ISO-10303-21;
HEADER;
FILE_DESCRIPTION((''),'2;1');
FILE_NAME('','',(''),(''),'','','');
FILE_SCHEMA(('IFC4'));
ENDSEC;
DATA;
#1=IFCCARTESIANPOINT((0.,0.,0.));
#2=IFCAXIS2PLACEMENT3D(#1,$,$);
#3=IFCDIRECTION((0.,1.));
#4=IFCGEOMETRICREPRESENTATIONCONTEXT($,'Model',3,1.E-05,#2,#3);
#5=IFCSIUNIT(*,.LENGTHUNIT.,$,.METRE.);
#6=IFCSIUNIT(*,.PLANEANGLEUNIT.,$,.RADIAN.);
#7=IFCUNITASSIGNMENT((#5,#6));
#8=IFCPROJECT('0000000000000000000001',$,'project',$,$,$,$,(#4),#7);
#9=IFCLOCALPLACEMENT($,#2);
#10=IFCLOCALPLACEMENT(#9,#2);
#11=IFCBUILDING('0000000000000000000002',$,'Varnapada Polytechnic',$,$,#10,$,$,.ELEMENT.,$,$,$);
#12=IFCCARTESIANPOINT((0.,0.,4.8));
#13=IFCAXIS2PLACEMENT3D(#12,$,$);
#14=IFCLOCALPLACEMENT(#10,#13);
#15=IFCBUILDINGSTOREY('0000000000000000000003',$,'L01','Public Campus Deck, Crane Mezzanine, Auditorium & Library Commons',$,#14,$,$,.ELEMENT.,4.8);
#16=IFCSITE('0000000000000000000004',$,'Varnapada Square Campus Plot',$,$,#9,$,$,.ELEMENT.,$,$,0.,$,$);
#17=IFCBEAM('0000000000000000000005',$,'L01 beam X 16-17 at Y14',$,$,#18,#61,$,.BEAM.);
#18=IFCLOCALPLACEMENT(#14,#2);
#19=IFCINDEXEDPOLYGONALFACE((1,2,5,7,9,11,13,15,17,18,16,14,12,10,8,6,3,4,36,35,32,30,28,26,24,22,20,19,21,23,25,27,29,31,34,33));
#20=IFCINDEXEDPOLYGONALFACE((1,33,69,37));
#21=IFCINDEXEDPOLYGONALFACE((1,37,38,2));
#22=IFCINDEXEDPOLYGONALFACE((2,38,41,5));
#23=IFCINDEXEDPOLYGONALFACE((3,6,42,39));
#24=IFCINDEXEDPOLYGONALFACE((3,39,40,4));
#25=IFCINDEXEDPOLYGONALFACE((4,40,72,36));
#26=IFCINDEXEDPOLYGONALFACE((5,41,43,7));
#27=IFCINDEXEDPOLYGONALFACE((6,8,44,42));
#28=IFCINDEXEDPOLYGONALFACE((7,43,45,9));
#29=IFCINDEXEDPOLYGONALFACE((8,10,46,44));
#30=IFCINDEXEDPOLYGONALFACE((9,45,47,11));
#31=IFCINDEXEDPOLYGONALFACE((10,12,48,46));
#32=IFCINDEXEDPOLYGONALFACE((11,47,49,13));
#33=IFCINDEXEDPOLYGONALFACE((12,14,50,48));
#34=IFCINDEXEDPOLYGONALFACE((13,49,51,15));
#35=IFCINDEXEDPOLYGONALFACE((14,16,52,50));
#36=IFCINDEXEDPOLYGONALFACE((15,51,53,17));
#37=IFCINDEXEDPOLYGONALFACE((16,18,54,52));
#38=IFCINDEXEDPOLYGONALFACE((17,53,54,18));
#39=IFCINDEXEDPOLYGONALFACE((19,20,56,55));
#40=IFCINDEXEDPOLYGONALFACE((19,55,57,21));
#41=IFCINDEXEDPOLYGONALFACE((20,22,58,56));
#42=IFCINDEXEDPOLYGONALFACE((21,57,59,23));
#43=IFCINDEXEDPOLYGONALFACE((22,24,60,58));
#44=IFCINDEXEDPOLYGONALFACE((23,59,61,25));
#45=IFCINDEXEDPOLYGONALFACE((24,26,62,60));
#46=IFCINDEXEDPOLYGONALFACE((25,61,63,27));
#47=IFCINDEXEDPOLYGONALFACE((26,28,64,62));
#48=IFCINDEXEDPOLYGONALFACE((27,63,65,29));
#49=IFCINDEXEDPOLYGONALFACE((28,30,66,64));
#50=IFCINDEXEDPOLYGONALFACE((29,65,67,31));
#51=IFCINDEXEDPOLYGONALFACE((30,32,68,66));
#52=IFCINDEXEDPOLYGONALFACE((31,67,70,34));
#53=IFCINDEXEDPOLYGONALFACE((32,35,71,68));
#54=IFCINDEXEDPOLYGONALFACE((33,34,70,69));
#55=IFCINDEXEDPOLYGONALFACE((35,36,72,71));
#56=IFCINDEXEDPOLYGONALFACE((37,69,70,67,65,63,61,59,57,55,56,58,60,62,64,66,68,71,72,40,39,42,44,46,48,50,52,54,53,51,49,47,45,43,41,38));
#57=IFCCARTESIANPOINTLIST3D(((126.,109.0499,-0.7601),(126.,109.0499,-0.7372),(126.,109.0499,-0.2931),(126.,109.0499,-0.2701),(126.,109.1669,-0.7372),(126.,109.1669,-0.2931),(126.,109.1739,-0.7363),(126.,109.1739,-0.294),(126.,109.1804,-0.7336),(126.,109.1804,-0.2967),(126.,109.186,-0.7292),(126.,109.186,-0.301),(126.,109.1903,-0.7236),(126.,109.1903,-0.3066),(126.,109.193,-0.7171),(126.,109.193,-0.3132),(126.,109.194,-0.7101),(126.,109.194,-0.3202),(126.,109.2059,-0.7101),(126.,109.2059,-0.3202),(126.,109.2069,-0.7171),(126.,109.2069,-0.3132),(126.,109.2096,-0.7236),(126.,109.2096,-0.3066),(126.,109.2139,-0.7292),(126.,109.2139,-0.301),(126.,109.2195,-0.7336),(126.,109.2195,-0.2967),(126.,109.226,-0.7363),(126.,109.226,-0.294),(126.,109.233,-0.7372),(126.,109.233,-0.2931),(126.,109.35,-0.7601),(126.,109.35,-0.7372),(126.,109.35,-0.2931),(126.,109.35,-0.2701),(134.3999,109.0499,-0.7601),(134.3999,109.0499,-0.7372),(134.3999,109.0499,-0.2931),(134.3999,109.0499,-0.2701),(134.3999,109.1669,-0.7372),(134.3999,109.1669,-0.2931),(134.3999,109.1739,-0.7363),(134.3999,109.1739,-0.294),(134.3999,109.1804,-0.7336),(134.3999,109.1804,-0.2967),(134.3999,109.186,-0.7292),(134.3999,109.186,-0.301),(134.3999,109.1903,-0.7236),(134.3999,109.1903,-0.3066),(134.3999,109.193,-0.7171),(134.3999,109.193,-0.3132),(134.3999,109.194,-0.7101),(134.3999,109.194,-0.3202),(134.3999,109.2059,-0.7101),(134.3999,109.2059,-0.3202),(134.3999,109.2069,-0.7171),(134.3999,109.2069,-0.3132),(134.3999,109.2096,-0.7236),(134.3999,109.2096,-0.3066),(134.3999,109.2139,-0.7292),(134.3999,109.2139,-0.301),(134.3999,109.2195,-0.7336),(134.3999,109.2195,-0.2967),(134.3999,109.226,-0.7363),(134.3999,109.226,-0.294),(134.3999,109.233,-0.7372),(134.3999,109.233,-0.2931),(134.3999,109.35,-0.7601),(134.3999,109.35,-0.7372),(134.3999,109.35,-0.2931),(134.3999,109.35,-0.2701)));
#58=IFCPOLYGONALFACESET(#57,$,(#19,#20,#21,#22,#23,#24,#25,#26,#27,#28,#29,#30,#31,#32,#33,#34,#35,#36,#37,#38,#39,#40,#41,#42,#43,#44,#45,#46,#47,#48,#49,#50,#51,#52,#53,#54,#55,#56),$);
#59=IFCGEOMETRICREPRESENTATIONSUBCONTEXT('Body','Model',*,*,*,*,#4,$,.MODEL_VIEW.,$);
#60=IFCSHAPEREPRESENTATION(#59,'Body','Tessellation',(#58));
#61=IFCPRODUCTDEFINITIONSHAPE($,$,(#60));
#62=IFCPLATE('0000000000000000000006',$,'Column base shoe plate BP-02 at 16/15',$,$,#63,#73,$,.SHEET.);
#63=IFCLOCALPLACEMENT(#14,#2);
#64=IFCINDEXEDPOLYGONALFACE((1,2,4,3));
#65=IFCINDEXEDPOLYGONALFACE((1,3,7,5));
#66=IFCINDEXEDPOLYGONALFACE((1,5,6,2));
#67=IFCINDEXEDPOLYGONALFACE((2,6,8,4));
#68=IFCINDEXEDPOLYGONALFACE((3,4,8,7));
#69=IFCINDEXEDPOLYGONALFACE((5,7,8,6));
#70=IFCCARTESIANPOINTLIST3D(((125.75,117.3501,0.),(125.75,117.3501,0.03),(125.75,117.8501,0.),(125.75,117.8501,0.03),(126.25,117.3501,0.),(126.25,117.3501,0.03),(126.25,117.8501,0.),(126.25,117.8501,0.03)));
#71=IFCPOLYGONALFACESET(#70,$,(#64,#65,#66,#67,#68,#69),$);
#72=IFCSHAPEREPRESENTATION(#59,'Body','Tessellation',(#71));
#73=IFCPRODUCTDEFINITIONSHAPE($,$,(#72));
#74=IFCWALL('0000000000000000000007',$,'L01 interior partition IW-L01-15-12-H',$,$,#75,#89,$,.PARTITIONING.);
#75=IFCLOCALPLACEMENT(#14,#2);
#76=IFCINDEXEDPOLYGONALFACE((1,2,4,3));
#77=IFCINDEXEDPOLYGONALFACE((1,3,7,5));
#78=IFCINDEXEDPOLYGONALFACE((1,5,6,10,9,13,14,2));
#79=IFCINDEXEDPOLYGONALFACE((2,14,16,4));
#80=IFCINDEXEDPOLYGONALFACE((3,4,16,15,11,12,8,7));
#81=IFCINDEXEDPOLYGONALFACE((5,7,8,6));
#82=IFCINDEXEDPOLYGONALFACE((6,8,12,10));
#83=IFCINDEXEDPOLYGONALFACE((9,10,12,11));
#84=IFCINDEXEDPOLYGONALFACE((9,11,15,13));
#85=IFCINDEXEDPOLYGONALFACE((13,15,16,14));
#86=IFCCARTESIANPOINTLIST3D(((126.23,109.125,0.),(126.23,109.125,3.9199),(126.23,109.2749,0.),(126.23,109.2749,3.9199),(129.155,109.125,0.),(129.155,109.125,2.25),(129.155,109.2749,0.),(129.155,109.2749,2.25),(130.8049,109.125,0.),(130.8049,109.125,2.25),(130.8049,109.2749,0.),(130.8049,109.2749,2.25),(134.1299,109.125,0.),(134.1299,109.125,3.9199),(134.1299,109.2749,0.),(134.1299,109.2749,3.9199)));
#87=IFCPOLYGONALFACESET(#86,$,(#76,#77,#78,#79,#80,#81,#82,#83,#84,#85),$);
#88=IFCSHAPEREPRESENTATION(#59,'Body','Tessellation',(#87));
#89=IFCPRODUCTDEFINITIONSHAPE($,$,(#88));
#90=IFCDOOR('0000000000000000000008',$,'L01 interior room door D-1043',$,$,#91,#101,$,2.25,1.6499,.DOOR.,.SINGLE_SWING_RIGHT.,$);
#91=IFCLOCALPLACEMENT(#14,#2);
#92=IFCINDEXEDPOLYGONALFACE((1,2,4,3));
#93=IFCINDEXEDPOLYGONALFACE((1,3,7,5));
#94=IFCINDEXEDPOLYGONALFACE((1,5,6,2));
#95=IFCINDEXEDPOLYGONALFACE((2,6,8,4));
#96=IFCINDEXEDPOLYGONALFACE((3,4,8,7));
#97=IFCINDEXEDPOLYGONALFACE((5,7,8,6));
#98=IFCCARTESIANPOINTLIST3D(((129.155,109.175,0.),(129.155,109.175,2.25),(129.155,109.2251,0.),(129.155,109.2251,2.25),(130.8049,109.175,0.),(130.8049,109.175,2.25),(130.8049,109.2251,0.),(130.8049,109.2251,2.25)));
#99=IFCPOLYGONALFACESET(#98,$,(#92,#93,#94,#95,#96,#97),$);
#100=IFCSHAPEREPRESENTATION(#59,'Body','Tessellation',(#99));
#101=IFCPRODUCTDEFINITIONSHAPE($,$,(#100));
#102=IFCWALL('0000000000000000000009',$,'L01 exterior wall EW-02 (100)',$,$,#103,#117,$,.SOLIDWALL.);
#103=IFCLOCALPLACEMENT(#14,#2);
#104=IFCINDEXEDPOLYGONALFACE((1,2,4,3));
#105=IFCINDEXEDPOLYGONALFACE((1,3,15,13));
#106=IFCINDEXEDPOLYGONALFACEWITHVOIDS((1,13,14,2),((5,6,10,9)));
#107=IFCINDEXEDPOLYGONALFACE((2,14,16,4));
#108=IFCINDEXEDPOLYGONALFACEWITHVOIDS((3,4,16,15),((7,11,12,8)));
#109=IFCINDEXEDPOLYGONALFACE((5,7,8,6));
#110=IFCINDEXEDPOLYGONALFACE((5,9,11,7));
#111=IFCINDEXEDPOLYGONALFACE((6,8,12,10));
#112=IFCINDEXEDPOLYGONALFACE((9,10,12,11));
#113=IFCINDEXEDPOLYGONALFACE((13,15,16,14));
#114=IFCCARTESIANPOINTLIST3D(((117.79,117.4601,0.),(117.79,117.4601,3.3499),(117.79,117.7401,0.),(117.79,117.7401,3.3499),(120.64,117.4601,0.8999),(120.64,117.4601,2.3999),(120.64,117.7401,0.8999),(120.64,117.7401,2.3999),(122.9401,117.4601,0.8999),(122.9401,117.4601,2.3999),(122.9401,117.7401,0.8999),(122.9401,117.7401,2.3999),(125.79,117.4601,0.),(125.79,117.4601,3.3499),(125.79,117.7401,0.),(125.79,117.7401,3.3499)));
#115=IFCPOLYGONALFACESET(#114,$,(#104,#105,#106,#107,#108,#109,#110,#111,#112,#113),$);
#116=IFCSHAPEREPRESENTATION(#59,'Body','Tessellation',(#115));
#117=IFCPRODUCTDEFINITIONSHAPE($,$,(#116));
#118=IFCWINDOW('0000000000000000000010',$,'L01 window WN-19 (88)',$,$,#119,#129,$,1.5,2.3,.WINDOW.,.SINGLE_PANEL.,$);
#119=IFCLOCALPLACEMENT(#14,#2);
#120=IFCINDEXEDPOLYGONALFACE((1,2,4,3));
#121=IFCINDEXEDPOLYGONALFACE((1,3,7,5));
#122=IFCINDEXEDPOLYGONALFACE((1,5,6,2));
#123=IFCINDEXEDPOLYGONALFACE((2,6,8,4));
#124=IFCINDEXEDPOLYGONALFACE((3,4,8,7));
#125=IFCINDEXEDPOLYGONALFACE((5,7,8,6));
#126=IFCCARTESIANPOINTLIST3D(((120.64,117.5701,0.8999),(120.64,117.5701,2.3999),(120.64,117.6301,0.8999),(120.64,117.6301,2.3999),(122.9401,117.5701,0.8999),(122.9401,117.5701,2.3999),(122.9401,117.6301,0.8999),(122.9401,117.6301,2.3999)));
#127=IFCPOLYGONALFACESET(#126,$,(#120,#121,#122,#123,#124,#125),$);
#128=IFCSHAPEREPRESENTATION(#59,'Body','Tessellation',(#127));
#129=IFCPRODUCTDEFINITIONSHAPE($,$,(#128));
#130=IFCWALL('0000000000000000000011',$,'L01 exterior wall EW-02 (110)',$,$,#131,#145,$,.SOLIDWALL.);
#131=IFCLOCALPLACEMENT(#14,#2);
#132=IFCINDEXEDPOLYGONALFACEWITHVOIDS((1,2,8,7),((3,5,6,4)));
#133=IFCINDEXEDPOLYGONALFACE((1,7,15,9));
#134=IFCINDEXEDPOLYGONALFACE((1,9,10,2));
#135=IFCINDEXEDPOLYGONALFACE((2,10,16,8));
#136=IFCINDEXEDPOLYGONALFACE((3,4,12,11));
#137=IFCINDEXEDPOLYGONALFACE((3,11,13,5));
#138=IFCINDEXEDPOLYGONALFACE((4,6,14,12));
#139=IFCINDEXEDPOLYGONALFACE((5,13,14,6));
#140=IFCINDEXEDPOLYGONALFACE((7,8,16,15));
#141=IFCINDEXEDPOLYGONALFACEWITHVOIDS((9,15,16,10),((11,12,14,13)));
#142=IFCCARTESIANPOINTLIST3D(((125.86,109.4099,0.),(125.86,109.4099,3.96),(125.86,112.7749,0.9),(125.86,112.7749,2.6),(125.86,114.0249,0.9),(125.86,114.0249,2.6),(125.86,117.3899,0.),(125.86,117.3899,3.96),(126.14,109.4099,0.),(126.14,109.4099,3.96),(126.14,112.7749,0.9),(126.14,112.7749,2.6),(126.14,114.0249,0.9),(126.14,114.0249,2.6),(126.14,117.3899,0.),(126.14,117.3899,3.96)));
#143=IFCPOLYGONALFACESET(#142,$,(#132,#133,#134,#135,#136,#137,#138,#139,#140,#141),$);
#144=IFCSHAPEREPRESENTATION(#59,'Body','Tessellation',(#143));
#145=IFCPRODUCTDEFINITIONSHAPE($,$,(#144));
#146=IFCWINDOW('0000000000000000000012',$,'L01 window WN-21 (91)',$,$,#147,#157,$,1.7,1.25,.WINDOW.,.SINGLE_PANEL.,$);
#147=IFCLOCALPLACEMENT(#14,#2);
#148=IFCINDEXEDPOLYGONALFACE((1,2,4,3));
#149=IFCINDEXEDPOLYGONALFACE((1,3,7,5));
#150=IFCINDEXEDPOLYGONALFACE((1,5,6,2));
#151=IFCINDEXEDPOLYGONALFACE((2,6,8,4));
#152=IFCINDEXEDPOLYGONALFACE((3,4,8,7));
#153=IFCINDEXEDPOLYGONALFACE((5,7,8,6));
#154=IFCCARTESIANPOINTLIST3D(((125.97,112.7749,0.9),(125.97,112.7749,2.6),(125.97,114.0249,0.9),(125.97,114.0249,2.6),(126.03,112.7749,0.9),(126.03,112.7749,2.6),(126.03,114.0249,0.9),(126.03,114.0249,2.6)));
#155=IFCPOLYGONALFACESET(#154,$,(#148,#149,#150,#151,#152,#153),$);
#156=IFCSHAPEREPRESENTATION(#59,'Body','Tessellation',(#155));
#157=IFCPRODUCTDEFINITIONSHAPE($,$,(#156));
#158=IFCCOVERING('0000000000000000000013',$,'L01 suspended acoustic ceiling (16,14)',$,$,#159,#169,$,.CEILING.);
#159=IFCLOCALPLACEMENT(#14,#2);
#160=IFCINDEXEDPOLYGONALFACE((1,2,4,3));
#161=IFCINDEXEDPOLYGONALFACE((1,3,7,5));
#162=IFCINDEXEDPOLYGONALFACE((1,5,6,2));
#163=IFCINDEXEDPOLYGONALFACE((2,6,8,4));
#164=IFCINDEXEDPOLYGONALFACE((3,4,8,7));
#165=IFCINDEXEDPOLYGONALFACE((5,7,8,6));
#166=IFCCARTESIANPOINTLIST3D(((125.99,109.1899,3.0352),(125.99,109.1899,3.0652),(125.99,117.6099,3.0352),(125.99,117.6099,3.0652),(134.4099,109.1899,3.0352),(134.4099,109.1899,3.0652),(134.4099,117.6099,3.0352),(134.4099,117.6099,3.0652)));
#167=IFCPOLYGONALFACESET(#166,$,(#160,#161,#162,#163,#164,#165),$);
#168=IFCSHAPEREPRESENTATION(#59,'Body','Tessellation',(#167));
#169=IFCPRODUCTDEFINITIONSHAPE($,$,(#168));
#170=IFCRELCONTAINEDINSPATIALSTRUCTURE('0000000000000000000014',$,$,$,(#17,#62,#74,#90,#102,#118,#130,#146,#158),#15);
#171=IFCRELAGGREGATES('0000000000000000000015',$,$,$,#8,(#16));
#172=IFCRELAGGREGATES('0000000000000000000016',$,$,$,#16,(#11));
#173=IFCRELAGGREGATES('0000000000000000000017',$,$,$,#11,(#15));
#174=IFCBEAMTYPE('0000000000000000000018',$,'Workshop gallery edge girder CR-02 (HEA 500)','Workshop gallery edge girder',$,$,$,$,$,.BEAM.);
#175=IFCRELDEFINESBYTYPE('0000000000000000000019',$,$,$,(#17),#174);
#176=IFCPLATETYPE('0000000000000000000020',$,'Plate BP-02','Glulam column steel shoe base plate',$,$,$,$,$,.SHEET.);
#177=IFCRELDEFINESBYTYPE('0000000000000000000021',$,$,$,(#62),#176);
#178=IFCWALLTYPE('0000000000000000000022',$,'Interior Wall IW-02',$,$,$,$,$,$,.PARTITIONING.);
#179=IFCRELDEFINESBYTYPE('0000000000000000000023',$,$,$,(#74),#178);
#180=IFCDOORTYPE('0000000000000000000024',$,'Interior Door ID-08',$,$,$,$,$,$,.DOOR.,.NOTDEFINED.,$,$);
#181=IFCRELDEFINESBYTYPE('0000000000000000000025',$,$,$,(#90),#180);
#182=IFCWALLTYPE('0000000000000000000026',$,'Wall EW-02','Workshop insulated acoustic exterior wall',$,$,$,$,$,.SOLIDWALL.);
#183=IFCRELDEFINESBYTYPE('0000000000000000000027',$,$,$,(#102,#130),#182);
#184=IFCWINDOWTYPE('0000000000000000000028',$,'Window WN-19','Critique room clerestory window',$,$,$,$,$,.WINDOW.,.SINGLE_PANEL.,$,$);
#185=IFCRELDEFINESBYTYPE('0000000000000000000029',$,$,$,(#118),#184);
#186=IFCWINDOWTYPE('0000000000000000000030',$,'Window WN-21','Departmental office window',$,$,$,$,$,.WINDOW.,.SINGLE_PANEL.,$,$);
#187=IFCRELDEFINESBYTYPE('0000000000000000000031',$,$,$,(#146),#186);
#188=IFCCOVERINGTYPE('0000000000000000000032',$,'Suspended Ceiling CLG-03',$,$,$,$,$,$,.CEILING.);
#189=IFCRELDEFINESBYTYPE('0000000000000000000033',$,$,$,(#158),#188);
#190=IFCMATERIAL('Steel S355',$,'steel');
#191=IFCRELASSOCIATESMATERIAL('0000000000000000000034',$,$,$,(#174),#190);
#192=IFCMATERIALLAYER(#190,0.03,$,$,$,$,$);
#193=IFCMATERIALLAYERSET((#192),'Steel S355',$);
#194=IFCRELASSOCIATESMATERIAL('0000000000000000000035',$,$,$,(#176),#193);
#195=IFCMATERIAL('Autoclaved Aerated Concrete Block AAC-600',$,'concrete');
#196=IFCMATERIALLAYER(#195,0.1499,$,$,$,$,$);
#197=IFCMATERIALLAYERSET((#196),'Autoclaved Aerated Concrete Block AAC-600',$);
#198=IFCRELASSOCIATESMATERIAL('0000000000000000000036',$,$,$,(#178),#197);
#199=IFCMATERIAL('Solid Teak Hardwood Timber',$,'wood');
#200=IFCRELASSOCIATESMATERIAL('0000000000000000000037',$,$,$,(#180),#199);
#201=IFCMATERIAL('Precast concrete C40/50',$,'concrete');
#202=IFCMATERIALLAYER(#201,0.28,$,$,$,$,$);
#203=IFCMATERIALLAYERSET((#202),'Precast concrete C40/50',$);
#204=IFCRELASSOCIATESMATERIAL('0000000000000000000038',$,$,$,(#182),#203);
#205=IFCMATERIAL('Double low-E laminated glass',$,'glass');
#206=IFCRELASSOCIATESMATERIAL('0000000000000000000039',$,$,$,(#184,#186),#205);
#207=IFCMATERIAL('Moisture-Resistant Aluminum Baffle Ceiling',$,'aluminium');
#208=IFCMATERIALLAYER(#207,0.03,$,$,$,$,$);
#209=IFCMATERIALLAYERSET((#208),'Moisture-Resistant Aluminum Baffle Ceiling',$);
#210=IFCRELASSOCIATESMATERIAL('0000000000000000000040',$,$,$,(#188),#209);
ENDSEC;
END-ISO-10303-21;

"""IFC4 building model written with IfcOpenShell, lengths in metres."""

from ifc_helpers import new_model, si_unit, direction, frame, frame_2d, origin, origin_2d, place, context, subcontext, project, spatial, rectangle, i_section, extrude, material, layer, layer_set, material_profile, profile_set, type_object, element, fill, save


model = new_model("IFC4")

# Units and contexts
model_context = context("Model", 3, precision=1e-05, world=origin(), true_north=direction((0.0, 1.0)))
body_context = subcontext(model_context, "Body", "Model", "MODEL_VIEW")
ifc_project = project(units=[si_unit("LENGTHUNIT", "METRE"), si_unit("PLANEANGLEUNIT", "RADIAN")], contexts=[model_context])

# Site, building, storey
site_placement = place(None, origin())
site = spatial("IfcSite", under=ifc_project, at=site_placement, Name="Varnapada Square Campus Plot", CompositionType="ELEMENT", RefElevation=0.0)
building_placement = place(site_placement, origin())
building = spatial("IfcBuilding", under=site, at=building_placement, Name="Varnapada Polytechnic", CompositionType="ELEMENT")
storey_placement = place(building_placement, frame((0.0, 0.0, 4.8)))
storey = spatial("IfcBuildingStorey", under=building, at=storey_placement, Name="L01", Description="Public Campus Deck, Crane Mezzanine, Auditorium & Library Commons", CompositionType="ELEMENT", Elevation=4.8)

# Beam
ifc_material_1 = material(Name="Steel S355", Category="steel")
ifc_material_profile_1 = material_profile(ifc_material_1, i_section(OverallWidth=0.3, OverallDepth=0.49, WebThickness=0.012, FlangeThickness=0.0229, FilletRadius=0.0271, at=origin_2d()), Name="HEA 500")
ifc_profile_set_1 = profile_set([ifc_material_profile_1], Name="Steel S355")
beam_type_1 = type_object("IfcBeamType", Name="Workshop gallery edge girder CR-02 (HEA 500)", Description="Workshop gallery edge girder", PredefinedType="BEAM", material=ifc_profile_set_1)
beam_1_placement = place(storey_placement, frame((126.0, 109.2, -0.5151), z_axis=(1.0, 0.0, 0.0), x_axis=(0.0, 1.0, 0.0)))
element("IfcBeam", 1, at=beam_1_placement, inside=storey, type_object=beam_type_1, Name="L01 beam X 16-17 at Y14", PredefinedType="BEAM", context=body_context, shape_type="SweptSolid", body=[
    extrude(i_section(OverallWidth=0.3, OverallDepth=0.49, WebThickness=0.012, FlangeThickness=0.0229, FilletRadius=0.0271, at=origin_2d()), origin(), (0.0, 0.0, 1.0), 8.3999),
])

# Plate
ifc_layer_1 = layer(ifc_material_1, 0.03)
ifc_layer_set_1 = layer_set([ifc_layer_1], Name="Steel S355")
plate_type = type_object("IfcPlateType", Name="Plate BP-02", Description="Glulam column steel shoe base plate", PredefinedType="SHEET", material=ifc_layer_set_1)
plate_placement = place(storey_placement, frame((126.0, 117.6001, 0.0), z_axis=(0.0, 0.0, 1.0), x_axis=(1.0, 0.0, 0.0)))
element("IfcPlate", 2, at=plate_placement, inside=storey, type_object=plate_type, Name="Column base shoe plate BP-02 at 16/15", PredefinedType="SHEET", context=body_context, shape_type="SweptSolid", body=[
    extrude(rectangle(XDim=0.5, YDim=0.5, at=origin_2d()), origin(), (0.0, 0.0, 1.0), 0.03),
])

# Wall, opening, door
ifc_material_2 = material(Name="Autoclaved Aerated Concrete Block AAC-600", Category="concrete")
ifc_layer_2 = layer(ifc_material_2, 0.1499)
ifc_layer_set_2 = layer_set([ifc_layer_2], Name="Autoclaved Aerated Concrete Block AAC-600")
wall_type_1 = type_object("IfcWallType", Name="Interior Wall IW-02", PredefinedType="PARTITIONING", material=ifc_layer_set_2)
wall_1_placement = place(storey_placement, frame((126.23, 109.2, 0.0), z_axis=(0.0, 0.0, 1.0), x_axis=(1.0, 0.0, 0.0)))
wall_1 = element("IfcWall", 3, at=wall_1_placement, inside=storey, type_object=wall_type_1, Name="L01 interior partition IW-L01-15-12-H", PredefinedType="PARTITIONING", context=body_context, shape_type="SweptSolid", body=[
    extrude(rectangle(XDim=7.8999, YDim=0.1499, at=frame_2d((3.95, 0.0))), origin(), (0.0, 0.0, 1.0), 3.9199),
])
opening_1_placement = place(wall_1_placement, frame((2.925, 0.0, 0.0)))
opening_1 = element("IfcOpeningElement", 4, at=opening_1_placement, cuts=wall_1, PredefinedType="OPENING", context=body_context, shape_type="SweptSolid", body=[
    extrude(rectangle(XDim=1.6499, YDim=2.25, at=frame_2d((0.825, 1.125))), frame((0.0, 0.085, 0.0), z_axis=(0.0, -1.0, 0.0), x_axis=(1.0, 0.0, 0.0)), (0.0, 0.0, 1.0), 0.1699),
])
ifc_material_3 = material(Name="Solid Teak Hardwood Timber", Category="wood")
door_type = type_object("IfcDoorType", Name="Interior Door ID-08", OperationType="NOTDEFINED", PredefinedType="DOOR", material=ifc_material_3)
door_placement = place(opening_1_placement, frame((1.6499, 0.0, 0.0), z_axis=(0.0, 0.0, 1.0), x_axis=(-1.0, 0.0, 0.0)))
door = element("IfcDoor", 5, at=door_placement, inside=storey, type_object=door_type, Name="L01 interior room door D-1043", OperationType="SINGLE_SWING_RIGHT", OverallHeight=2.25, OverallWidth=1.6499, PredefinedType="DOOR", context=body_context, shape_type="SweptSolid", body=[
    extrude(rectangle(XDim=1.6499, YDim=2.25, at=frame_2d((0.825, 1.125))), frame((0.0, 0.0249, 0.0), z_axis=(0.0, -1.0, 0.0), x_axis=(1.0, 0.0, 0.0)), (0.0, 0.0, 1.0), 0.05),
])
fill(opening_1, door)

# Walls, openings, windows
ifc_material_4 = material(Name="Precast concrete C40/50", Category="concrete")
ifc_layer_3 = layer(ifc_material_4, 0.28)
ifc_layer_set_3 = layer_set([ifc_layer_3], Name="Precast concrete C40/50")
wall_type_2 = type_object("IfcWallType", Name="Wall EW-02", Description="Workshop insulated acoustic exterior wall", PredefinedType="SOLIDWALL", material=ifc_layer_set_3)
wall_2_placement = place(storey_placement, frame((125.79, 117.6001, 0.0), z_axis=(0.0, 0.0, 1.0), x_axis=(-1.0, 0.0, 0.0)))
wall_2 = element("IfcWall", 6, at=wall_2_placement, inside=storey, type_object=wall_type_2, Name="L01 exterior wall EW-02 (100)", PredefinedType="SOLIDWALL", context=body_context, shape_type="SweptSolid", body=[
    extrude(rectangle(XDim=8.0, YDim=0.28, at=frame_2d((4.0, 0.0))), origin(), (0.0, 0.0, 1.0), 3.3499),
])
opening_2_placement = place(wall_2_placement, frame((2.8501, 0.0, 0.8999)))
opening_2 = element("IfcOpeningElement", 7, at=opening_2_placement, cuts=wall_2, PredefinedType="OPENING", context=body_context, shape_type="SweptSolid", body=[
    extrude(rectangle(XDim=2.3, YDim=1.5, at=frame_2d((1.1499, 0.75))), frame((0.0, 0.1499, 0.0), z_axis=(0.0, -1.0, 0.0), x_axis=(1.0, 0.0, 0.0)), (0.0, 0.0, 1.0), 0.3),
])
ifc_material_5 = material(Name="Double low-E laminated glass", Category="glass")
window_type_1 = type_object("IfcWindowType", Name="Window WN-19", Description="Critique room clerestory window", PartitioningType="SINGLE_PANEL", PredefinedType="WINDOW", material=ifc_material_5)
window_1_placement = place(opening_2_placement, origin())
window_1 = element("IfcWindow", 8, at=window_1_placement, inside=storey, type_object=window_type_1, Name="L01 window WN-19 (88)", OverallHeight=1.5, OverallWidth=2.3, PartitioningType="SINGLE_PANEL", PredefinedType="WINDOW", context=body_context, shape_type="SweptSolid", body=[
    extrude(rectangle(XDim=2.3, YDim=1.5, at=frame_2d((1.1499, 0.75))), frame((0.0, 0.03, 0.0), z_axis=(0.0, -1.0, 0.0), x_axis=(1.0, 0.0, 0.0)), (0.0, 0.0, 1.0), 0.0601),
])
fill(opening_2, window_1)
wall_3_placement = place(storey_placement, frame((126.0, 109.4099, 0.0), z_axis=(0.0, 0.0, 1.0), x_axis=(0.0, 1.0, 0.0)))
wall_3 = element("IfcWall", 9, at=wall_3_placement, inside=storey, type_object=wall_type_2, Name="L01 exterior wall EW-02 (110)", PredefinedType="SOLIDWALL", context=body_context, shape_type="SweptSolid", body=[
    extrude(rectangle(XDim=7.98, YDim=0.28, at=frame_2d((3.99, 0.0))), origin(), (0.0, 0.0, 1.0), 3.96),
])
opening_3_placement = place(wall_3_placement, frame((3.365, 0.0, 0.8999)))
opening_3 = element("IfcOpeningElement", 10, at=opening_3_placement, cuts=wall_3, PredefinedType="OPENING", context=body_context, shape_type="SweptSolid", body=[
    extrude(rectangle(XDim=1.25, YDim=1.7, at=frame_2d((0.625, 0.8501))), frame((0.0, 0.1499, 0.0), z_axis=(0.0, -1.0, 0.0), x_axis=(1.0, 0.0, 0.0)), (0.0, 0.0, 1.0), 0.3),
])
window_type_2 = type_object("IfcWindowType", Name="Window WN-21", Description="Departmental office window", PartitioningType="SINGLE_PANEL", PredefinedType="WINDOW", material=ifc_material_5)
window_2_placement = place(opening_3_placement, origin())
window_2 = element("IfcWindow", 11, at=window_2_placement, inside=storey, type_object=window_type_2, Name="L01 window WN-21 (91)", OverallHeight=1.7, OverallWidth=1.25, PartitioningType="SINGLE_PANEL", PredefinedType="WINDOW", context=body_context, shape_type="SweptSolid", body=[
    extrude(rectangle(XDim=1.25, YDim=1.7, at=frame_2d((0.625, 0.8501))), frame((0.0, 0.03, 0.0), z_axis=(0.0, -1.0, 0.0), x_axis=(1.0, 0.0, 0.0)), (0.0, 0.0, 1.0), 0.0601),
])
fill(opening_3, window_2)

# Covering
ifc_material_6 = material(Name="Moisture-Resistant Aluminum Baffle Ceiling", Category="aluminium")
ifc_layer_4 = layer(ifc_material_6, 0.03)
ifc_layer_set_4 = layer_set([ifc_layer_4], Name="Moisture-Resistant Aluminum Baffle Ceiling")
covering_type_1 = type_object("IfcCoveringType", Name="Suspended Ceiling CLG-03", PredefinedType="CEILING", material=ifc_layer_set_4)
covering_1_placement = place(storey_placement, frame((130.2, 113.3999, 3.0352), z_axis=(0.0, 0.0, 1.0), x_axis=(1.0, 0.0, 0.0)))
element("IfcCovering", 12, at=covering_1_placement, inside=storey, type_object=covering_type_1, Name="L01 suspended acoustic ceiling (16,14)", PredefinedType="CEILING", context=body_context, shape_type="SweptSolid", body=[
    extrude(rectangle(XDim=8.4199, YDim=8.4199, at=origin_2d()), origin(), (0.0, 0.0, 1.0), 0.03),
])

save(model, "model.ifc")
